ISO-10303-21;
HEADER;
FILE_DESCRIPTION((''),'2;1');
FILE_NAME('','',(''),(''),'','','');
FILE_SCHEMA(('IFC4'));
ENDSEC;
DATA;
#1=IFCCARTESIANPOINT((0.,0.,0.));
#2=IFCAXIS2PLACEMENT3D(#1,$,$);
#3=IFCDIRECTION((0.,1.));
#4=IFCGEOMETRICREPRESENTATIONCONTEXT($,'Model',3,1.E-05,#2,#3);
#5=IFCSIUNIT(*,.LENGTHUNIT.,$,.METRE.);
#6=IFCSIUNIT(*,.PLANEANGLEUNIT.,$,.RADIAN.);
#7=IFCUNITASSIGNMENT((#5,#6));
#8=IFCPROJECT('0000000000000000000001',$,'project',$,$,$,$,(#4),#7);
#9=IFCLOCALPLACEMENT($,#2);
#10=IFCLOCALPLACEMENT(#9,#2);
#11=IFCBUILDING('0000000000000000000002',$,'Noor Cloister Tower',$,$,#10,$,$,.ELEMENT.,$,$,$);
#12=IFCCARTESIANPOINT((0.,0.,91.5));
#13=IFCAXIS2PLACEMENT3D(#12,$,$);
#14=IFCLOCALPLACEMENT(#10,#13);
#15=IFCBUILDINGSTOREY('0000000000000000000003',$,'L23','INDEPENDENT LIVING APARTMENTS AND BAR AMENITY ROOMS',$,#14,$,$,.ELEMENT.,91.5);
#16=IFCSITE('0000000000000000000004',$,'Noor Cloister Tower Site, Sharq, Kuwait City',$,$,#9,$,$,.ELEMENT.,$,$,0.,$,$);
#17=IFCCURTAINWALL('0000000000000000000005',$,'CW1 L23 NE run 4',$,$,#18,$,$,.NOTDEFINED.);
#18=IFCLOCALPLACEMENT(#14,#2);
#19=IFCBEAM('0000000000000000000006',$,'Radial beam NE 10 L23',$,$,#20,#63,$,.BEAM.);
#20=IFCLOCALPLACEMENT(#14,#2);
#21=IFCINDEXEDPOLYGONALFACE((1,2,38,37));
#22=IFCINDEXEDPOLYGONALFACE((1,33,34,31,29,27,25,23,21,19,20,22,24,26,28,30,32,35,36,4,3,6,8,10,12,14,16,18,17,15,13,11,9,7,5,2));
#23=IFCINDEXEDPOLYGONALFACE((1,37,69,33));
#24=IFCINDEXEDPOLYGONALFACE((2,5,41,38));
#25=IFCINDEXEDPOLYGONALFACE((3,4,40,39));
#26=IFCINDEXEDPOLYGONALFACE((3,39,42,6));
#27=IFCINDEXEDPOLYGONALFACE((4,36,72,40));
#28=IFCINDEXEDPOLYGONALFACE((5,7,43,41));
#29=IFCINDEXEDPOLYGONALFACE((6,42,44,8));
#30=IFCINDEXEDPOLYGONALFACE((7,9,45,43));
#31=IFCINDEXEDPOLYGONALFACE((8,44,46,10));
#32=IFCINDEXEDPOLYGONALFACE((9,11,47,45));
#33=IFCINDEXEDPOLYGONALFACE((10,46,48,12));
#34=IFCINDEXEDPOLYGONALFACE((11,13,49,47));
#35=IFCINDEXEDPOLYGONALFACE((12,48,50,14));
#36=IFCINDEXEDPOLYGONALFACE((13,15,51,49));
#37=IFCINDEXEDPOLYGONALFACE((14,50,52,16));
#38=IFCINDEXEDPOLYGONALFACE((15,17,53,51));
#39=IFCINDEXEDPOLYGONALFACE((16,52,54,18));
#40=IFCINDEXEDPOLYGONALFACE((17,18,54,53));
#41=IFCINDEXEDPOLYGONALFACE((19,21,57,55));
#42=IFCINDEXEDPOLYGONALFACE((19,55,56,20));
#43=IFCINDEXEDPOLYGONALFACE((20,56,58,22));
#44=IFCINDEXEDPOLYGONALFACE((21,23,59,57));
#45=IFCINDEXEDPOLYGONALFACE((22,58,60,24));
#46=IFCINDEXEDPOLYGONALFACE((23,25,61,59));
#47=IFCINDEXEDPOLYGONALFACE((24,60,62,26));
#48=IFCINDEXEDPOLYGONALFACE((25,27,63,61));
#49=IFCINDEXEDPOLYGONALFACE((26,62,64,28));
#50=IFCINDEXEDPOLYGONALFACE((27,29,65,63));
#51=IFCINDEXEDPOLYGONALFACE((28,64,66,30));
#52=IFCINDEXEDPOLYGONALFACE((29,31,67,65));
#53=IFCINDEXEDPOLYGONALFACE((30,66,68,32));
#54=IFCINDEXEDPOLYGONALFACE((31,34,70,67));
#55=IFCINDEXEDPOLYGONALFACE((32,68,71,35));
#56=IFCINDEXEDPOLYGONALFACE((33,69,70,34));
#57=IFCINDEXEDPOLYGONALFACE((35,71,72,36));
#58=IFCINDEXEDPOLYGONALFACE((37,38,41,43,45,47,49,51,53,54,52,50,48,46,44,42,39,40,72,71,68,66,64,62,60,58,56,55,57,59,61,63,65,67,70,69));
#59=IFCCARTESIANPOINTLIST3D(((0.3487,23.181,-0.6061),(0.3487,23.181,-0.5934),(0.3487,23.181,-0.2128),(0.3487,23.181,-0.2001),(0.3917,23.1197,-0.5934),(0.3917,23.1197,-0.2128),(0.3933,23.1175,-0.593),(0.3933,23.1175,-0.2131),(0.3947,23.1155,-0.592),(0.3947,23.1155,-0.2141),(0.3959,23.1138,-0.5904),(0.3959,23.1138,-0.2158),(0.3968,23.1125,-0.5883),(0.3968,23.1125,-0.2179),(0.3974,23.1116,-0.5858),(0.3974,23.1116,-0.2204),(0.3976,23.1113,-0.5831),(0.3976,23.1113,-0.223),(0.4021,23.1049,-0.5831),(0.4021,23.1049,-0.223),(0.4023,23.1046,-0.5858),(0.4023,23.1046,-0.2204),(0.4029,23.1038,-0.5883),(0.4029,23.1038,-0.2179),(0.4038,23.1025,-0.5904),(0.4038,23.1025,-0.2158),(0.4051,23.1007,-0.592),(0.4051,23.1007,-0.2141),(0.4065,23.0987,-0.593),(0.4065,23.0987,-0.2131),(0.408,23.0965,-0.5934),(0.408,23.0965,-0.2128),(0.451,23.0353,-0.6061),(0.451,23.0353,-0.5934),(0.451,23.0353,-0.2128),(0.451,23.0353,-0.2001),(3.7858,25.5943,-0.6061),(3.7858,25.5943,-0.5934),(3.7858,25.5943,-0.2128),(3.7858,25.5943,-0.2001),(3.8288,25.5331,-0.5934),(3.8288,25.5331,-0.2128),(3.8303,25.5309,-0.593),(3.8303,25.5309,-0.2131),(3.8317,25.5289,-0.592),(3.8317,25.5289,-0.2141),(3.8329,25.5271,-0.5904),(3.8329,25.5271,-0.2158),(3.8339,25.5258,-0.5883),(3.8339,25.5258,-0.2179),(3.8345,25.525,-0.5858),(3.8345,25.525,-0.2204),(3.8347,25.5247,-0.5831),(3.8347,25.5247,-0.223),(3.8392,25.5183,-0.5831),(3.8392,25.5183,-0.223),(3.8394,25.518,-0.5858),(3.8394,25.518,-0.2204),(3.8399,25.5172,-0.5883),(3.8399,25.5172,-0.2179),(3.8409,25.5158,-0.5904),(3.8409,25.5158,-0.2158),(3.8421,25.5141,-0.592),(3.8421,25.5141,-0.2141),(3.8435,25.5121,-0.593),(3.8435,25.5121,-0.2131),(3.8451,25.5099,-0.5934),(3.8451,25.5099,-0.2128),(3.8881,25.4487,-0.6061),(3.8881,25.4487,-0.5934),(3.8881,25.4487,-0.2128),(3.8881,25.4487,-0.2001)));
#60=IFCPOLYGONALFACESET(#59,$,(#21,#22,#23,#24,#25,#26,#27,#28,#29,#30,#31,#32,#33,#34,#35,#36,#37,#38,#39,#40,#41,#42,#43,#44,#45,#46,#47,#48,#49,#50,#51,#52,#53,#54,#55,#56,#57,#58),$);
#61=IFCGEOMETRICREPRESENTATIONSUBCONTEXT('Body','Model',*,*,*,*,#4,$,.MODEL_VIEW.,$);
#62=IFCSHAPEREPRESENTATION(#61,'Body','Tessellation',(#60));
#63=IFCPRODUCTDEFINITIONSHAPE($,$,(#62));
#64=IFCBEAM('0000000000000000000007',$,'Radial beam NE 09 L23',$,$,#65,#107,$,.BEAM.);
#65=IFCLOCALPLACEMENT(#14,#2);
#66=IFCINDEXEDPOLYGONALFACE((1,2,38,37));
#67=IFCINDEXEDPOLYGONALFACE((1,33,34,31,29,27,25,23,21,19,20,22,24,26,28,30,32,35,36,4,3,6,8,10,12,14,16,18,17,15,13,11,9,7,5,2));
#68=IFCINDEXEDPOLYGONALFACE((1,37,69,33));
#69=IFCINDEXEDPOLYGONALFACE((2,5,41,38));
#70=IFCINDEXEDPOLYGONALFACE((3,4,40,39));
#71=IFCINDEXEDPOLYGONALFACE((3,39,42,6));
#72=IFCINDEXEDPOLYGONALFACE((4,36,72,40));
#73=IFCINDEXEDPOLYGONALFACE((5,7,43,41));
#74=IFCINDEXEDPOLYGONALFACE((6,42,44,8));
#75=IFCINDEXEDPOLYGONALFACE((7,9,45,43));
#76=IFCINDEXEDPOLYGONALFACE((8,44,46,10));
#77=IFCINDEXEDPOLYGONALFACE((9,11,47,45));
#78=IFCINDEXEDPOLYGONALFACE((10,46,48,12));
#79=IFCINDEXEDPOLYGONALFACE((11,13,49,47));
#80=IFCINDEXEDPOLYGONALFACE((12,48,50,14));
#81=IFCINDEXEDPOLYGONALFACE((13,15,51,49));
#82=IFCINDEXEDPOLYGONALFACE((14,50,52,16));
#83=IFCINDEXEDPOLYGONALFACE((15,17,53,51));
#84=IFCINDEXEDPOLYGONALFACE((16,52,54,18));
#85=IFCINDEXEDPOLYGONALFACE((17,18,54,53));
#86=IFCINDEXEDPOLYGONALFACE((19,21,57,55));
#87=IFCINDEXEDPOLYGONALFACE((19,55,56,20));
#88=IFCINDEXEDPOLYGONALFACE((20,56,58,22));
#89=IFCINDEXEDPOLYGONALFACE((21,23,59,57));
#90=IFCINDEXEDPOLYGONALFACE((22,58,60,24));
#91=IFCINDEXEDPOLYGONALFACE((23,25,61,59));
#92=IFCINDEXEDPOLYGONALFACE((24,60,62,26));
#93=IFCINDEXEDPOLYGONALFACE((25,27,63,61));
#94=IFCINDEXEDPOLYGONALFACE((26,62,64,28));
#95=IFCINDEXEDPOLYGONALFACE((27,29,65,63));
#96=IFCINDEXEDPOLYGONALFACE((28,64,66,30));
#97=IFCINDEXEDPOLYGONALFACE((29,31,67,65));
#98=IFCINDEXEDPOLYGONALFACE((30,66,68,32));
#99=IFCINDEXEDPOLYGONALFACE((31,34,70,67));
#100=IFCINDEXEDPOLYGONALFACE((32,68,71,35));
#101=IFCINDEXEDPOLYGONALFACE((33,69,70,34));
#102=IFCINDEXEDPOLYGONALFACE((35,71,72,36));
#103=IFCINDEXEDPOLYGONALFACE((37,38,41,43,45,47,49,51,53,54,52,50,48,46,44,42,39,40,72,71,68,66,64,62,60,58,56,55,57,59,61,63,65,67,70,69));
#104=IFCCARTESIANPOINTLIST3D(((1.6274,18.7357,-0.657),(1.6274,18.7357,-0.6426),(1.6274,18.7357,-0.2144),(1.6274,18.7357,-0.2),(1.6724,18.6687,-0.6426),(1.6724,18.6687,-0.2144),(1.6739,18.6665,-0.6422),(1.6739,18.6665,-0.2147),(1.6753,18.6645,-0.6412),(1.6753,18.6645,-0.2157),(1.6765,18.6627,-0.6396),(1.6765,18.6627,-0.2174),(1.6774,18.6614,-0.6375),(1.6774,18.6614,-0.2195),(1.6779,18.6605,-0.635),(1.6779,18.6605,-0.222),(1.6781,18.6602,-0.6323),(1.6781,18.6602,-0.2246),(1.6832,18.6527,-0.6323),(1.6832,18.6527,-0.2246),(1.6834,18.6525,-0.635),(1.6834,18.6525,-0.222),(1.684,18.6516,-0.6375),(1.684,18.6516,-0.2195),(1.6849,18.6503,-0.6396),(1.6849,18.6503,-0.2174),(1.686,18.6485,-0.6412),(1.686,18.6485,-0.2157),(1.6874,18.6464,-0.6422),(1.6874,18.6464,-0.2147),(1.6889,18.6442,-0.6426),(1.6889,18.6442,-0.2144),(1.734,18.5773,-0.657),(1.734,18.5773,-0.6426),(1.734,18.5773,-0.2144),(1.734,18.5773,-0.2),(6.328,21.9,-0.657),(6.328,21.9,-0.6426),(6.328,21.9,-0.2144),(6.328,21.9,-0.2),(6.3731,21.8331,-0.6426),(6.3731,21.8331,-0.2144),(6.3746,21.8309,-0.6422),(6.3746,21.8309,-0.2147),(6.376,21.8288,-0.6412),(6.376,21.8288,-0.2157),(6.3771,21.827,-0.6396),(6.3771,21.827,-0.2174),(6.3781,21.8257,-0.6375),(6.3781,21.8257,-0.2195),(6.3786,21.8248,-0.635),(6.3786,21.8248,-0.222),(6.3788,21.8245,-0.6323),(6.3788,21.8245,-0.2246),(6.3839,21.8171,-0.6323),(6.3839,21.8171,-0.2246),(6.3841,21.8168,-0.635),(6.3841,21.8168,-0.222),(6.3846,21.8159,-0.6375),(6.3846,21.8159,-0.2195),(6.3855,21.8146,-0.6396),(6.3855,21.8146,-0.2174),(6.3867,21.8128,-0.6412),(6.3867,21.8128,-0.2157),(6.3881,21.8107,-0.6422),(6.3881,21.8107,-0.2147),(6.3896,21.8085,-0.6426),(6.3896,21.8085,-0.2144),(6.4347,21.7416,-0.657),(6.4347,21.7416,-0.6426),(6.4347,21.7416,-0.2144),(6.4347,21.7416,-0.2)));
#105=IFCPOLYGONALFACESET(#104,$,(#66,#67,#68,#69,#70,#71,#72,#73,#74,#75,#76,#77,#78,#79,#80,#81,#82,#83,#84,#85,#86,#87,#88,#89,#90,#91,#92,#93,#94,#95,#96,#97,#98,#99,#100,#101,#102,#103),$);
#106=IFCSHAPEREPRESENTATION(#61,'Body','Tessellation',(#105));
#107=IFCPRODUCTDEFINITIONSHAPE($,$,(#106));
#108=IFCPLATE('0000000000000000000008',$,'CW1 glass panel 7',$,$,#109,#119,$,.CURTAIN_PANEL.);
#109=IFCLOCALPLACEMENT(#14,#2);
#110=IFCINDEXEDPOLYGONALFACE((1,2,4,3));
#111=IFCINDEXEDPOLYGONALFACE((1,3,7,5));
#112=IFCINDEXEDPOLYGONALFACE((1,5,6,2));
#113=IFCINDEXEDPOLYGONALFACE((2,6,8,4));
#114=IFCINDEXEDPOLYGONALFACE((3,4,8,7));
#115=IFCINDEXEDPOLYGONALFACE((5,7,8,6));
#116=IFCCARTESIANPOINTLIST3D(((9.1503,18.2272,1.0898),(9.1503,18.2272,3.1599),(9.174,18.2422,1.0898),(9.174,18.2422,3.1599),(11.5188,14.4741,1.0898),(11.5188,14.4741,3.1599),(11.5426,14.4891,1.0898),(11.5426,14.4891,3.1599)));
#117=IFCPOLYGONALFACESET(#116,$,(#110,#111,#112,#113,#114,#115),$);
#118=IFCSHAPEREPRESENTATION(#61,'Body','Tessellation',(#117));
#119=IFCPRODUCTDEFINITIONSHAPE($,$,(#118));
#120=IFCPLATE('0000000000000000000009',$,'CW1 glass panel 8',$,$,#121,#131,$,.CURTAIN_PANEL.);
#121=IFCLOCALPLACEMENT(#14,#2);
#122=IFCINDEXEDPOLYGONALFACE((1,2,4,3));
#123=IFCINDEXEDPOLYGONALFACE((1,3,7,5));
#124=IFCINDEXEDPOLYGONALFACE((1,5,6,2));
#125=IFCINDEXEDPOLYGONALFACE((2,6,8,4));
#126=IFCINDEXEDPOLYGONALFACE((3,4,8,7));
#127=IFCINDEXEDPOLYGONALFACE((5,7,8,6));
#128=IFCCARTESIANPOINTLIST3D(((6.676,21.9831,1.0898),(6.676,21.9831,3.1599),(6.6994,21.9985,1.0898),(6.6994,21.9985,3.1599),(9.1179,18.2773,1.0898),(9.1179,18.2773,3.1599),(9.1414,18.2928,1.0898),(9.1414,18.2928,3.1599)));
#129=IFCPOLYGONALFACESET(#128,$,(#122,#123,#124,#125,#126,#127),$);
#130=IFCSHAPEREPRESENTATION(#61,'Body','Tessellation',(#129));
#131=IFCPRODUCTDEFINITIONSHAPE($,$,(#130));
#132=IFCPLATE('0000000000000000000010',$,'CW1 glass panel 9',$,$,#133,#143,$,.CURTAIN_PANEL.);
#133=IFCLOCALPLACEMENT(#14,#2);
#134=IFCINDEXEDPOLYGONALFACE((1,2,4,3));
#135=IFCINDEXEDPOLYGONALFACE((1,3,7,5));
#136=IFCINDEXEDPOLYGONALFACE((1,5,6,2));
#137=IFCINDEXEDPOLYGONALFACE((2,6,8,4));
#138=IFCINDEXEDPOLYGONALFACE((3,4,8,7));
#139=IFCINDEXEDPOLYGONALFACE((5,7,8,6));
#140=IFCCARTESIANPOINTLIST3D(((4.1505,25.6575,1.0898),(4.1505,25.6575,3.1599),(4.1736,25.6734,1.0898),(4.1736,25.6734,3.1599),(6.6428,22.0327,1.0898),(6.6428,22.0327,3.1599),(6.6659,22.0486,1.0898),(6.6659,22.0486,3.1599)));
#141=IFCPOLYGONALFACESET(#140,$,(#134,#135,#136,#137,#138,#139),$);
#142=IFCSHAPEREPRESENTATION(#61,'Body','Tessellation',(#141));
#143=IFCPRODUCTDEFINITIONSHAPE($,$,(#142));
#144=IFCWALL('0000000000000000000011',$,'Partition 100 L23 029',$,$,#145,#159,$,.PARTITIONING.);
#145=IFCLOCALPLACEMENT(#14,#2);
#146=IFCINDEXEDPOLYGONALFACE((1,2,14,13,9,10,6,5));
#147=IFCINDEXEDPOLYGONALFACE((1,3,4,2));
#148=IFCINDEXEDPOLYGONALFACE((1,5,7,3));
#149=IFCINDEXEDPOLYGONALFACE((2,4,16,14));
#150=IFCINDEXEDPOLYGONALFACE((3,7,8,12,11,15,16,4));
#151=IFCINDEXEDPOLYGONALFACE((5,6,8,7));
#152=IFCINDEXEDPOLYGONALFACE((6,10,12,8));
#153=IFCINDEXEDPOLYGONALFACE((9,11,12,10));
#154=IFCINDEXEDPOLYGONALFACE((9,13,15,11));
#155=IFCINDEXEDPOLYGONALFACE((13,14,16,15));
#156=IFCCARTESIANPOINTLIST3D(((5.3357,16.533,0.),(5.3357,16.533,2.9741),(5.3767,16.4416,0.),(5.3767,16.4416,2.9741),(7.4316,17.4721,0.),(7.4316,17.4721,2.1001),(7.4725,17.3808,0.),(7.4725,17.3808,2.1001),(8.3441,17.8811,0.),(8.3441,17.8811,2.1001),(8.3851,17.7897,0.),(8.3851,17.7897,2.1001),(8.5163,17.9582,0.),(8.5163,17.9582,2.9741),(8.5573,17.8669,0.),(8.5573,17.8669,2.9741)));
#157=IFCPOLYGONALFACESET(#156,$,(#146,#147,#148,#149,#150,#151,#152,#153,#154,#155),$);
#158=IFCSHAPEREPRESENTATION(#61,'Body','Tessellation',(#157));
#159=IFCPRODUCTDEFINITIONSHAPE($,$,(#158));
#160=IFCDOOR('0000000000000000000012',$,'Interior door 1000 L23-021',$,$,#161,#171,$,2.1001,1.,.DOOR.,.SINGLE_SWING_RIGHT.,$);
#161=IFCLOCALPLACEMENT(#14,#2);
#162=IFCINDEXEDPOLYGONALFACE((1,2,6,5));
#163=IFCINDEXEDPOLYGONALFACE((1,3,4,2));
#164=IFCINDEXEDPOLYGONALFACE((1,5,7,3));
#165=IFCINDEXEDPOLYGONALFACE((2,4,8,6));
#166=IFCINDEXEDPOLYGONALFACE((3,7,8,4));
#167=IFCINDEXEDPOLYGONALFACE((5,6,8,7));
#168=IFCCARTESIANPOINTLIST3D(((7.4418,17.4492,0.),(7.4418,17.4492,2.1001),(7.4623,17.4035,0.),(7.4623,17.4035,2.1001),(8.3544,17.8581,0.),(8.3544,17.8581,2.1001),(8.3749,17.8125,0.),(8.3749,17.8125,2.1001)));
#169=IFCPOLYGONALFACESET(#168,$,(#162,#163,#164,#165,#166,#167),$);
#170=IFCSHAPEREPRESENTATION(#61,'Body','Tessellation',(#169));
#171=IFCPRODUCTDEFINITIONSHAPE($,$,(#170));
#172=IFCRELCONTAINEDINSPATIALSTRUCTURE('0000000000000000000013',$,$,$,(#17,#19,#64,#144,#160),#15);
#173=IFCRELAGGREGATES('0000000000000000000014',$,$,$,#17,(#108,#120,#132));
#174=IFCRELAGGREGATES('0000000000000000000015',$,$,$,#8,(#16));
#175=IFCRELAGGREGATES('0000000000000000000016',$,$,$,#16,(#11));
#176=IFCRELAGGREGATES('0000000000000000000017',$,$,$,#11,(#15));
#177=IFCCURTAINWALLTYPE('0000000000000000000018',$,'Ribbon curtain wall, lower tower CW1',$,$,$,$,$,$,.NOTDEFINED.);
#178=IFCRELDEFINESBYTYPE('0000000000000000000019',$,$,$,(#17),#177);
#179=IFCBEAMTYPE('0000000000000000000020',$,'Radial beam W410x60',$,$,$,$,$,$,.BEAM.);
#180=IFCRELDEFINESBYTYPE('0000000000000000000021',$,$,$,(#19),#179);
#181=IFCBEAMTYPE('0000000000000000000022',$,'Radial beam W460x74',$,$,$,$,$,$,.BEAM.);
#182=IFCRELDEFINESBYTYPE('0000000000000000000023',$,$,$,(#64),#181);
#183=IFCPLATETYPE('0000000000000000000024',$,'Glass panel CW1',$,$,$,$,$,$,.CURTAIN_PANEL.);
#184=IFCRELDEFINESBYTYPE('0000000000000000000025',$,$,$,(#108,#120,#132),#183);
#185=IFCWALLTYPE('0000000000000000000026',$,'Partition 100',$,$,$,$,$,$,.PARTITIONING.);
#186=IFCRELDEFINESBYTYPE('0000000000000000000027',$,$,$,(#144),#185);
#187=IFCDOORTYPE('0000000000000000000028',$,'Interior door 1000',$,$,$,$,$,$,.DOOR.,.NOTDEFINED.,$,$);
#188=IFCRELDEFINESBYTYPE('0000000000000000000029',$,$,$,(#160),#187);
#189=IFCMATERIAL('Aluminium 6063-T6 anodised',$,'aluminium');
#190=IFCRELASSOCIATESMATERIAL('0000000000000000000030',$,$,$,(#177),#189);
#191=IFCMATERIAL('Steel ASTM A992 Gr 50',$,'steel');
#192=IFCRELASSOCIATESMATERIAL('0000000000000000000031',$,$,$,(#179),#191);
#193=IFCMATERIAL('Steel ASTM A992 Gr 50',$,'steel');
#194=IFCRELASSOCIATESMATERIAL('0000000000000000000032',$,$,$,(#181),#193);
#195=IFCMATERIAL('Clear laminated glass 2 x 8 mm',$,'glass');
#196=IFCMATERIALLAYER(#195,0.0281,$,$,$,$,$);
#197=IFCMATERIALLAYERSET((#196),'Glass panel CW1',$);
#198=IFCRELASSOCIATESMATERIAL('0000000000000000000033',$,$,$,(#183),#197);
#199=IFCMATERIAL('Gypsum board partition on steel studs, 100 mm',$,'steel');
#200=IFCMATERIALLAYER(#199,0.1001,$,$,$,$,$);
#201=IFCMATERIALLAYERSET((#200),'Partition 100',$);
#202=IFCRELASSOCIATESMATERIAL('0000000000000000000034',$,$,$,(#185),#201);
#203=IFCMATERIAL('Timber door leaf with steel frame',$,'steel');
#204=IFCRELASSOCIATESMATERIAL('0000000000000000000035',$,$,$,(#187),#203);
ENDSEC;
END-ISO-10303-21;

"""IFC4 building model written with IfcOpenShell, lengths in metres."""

from ifc_helpers import new_model, si_unit, direction, frame, frame_2d, origin, origin_2d, place, context, subcontext, project, spatial, rectangle, i_section, extrude, material, layer, layer_set, material_profile, profile_set, type_object, element, fill, aggregate, save


model = new_model("IFC4")

# Units and contexts
model_context = context("Model", 3, precision=1e-05, world=origin(), true_north=direction((0.0, 1.0)))
body_context = subcontext(model_context, "Body", "Model", "MODEL_VIEW")
ifc_project = project(units=[si_unit("LENGTHUNIT", "METRE"), si_unit("PLANEANGLEUNIT", "RADIAN")], contexts=[model_context])

# Site, building, storey
site_placement = place(None, origin())
site = spatial("IfcSite", under=ifc_project, at=site_placement, Name="Noor Cloister Tower Site, Sharq, Kuwait City", CompositionType="ELEMENT", RefElevation=0.0)
building_placement = place(site_placement, origin())
building = spatial("IfcBuilding", under=site, at=building_placement, Name="Noor Cloister Tower", CompositionType="ELEMENT")
storey_placement = place(building_placement, frame((0.0, 0.0, 91.5)))
storey = spatial("IfcBuildingStorey", under=building, at=storey_placement, Name="L23", Description="INDEPENDENT LIVING APARTMENTS AND BAR AMENITY ROOMS", CompositionType="ELEMENT", Elevation=91.5)

# Curtain wall
ifc_material_1 = material(Name="Aluminium 6063-T6 anodised", Category="aluminium")
curtain_wall_type = type_object("IfcCurtainWallType", Name="Ribbon curtain wall, lower tower CW1", PredefinedType="NOTDEFINED", material=ifc_material_1)
curtain_wall_placement = place(storey_placement, origin())
curtain_wall = element("IfcCurtainWall", 1, at=curtain_wall_placement, inside=storey, type_object=curtain_wall_type, Name="CW1 L23 NE run 4", PredefinedType="NOTDEFINED")

# Beams
ifc_material_2 = material(Name="Steel ASTM A992 Gr 50", Category="steel")
ifc_material_profile_1 = material_profile(ifc_material_2, i_section(OverallWidth=0.178, OverallDepth=0.406, WebThickness=0.0078, FlangeThickness=0.0127, FilletRadius=0.0103, at=origin_2d()), Name="W410x60")
ifc_profile_set_1 = profile_set([ifc_material_profile_1], Name="Steel ASTM A992 Gr 50")
beam_type_1 = type_object("IfcBeamType", Name="Radial beam W410x60", PredefinedType="BEAM", material=ifc_profile_set_1)
beam_1_placement = place(storey_placement, frame((3.8369, 25.5215, -0.4031), z_axis=(-0.818401, -0.574648, 0.0), x_axis=(0.574648, -0.818401, 0.0)))
element("IfcBeam", 2, at=beam_1_placement, inside=storey, type_object=beam_type_1, Name="Radial beam NE 10 L23", PredefinedType="BEAM", context=body_context, shape_type="SweptSolid", body=[
    extrude(i_section(OverallWidth=0.178, OverallDepth=0.406, WebThickness=0.0078, FlangeThickness=0.0127, FilletRadius=0.0103, at=origin_2d()), origin(), (0.0, 0.0, 1.0), 4.1997),
])
ifc_material_3 = material(Name="Steel ASTM A992 Gr 50", Category="steel")
ifc_material_profile_2 = material_profile(ifc_material_3, i_section(OverallWidth=0.1909, OverallDepth=0.457, WebThickness=0.009, FlangeThickness=0.0144, FilletRadius=0.0103, at=origin_2d()), Name="W460x74")
ifc_profile_set_2 = profile_set([ifc_material_profile_2], Name="Steel ASTM A992 Gr 50")
beam_type_2 = type_object("IfcBeamType", Name="Radial beam W460x74", PredefinedType="BEAM", material=ifc_profile_set_2)
beam_2_placement = place(storey_placement, frame((6.3813, 21.8208, -0.4285), z_axis=(-0.829556, -0.558423, 0.0), x_axis=(0.558423, -0.829556, 0.0)))
element("IfcBeam", 3, at=beam_2_placement, inside=storey, type_object=beam_type_2, Name="Radial beam NE 09 L23", PredefinedType="BEAM", context=body_context, shape_type="SweptSolid", body=[
    extrude(i_section(OverallWidth=0.1909, OverallDepth=0.457, WebThickness=0.009, FlangeThickness=0.0144, FilletRadius=0.0103, at=origin_2d()), origin(), (0.0, 0.0, 1.0), 5.6665),
])

# Plates
ifc_material_4 = material(Name="Clear laminated glass 2 x 8 mm", Category="glass")
ifc_layer_1 = layer(ifc_material_4, 0.0281)
ifc_layer_set_1 = layer_set([ifc_layer_1], Name="Glass panel CW1")
plate_type = type_object("IfcPlateType", Name="Glass panel CW1", PredefinedType="CURTAIN_PANEL", material=ifc_layer_set_1)
plate_1_placement = place(storey_placement, frame((10.3464, 16.3582, 1.0898), z_axis=(0.0, 0.0, 1.0), x_axis=(-0.533696, 0.845676, 0.0)))
plate_1 = element("IfcPlate", 4, at=plate_1_placement, type_object=plate_type, Name="CW1 glass panel 7", PredefinedType="CURTAIN_PANEL", context=body_context, shape_type="SweptSolid", body=[
    extrude(rectangle(XDim=4.438, YDim=0.0281, at=origin_2d()), origin(), (0.0, 0.0, 1.0), 2.0701),
])
plate_2_placement = place(storey_placement, frame((7.9087, 20.1379, 1.0898), z_axis=(0.0, 0.0, 1.0), x_axis=(-0.550237, 0.835008, 0.0)))
plate_2 = element("IfcPlate", 5, at=plate_2_placement, type_object=plate_type, Name="CW1 glass panel 8", PredefinedType="CURTAIN_PANEL", context=body_context, shape_type="SweptSolid", body=[
    extrude(rectangle(XDim=4.438, YDim=0.0281, at=origin_2d()), origin(), (0.0, 0.0, 1.0), 2.0701),
])
plate_3_placement = place(storey_placement, frame((5.4082, 23.853, 1.0898), z_axis=(0.0, 0.0, 1.0), x_axis=(-0.566566, 0.824017, 0.0)))
plate_3 = element("IfcPlate", 6, at=plate_3_placement, type_object=plate_type, Name="CW1 glass panel 9", PredefinedType="CURTAIN_PANEL", context=body_context, shape_type="SweptSolid", body=[
    extrude(rectangle(XDim=4.3989, YDim=0.0281, at=origin_2d()), origin(), (0.0, 0.0, 1.0), 2.0701),
])
aggregate(curtain_wall, [plate_1, plate_2, plate_3])

# Wall, opening, door
ifc_material_5 = material(Name="Gypsum board partition on steel studs, 100 mm", Category="steel")
ifc_layer_2 = layer(ifc_material_5, 0.1001)
ifc_layer_set_2 = layer_set([ifc_layer_2], Name="Partition 100")
wall_type = type_object("IfcWallType", Name="Partition 100", PredefinedType="PARTITIONING", material=ifc_layer_set_2)
wall_1_placement = place(storey_placement, frame((5.3562, 16.4873, 0.0), z_axis=(0.0, 0.0, 1.0), x_axis=(0.912565, 0.408931, 0.0)))
wall_1 = element("IfcWall", 7, at=wall_1_placement, inside=storey, type_object=wall_type, Name="Partition 100 L23 029", PredefinedType="PARTITIONING", context=body_context, shape_type="SweptSolid", body=[
    extrude(rectangle(XDim=3.4854, YDim=0.1001, at=frame_2d((1.7427, 0.0))), origin(), (0.0, 0.0, 1.0), 2.9741),
])
opening_1_placement = place(wall_1_placement, frame((2.2966, 0.0, 0.0)))
opening_1 = element("IfcOpeningElement", 8, at=opening_1_placement, cuts=wall_1, PredefinedType="OPENING", context=body_context, shape_type="SweptSolid", body=[
    extrude(rectangle(XDim=1.0, YDim=2.1001, at=frame_2d((0.5, 1.05))), frame((0.0, 0.0601, 0.0), z_axis=(0.0, -1.0, 0.0), x_axis=(1.0, 0.0, 0.0)), (0.0, 0.0, 1.0), 0.1201),
])
ifc_material_6 = material(Name="Timber door leaf with steel frame", Category="steel")
door_type = type_object("IfcDoorType", Name="Interior door 1000", OperationType="NOTDEFINED", PredefinedType="DOOR", material=ifc_material_6)
door_1_placement = place(opening_1_placement, origin())
door_1 = element("IfcDoor", 9, at=door_1_placement, inside=storey, type_object=door_type, Name="Interior door 1000 L23-021", OperationType="SINGLE_SWING_RIGHT", OverallHeight=2.1001, OverallWidth=1.0, PredefinedType="DOOR", context=body_context, shape_type="SweptSolid", body=[
    extrude(rectangle(XDim=1.0, YDim=2.1001, at=frame_2d((0.5, 1.05))), frame((0.0, 0.0249, 0.0), z_axis=(0.0, -1.0, 0.0), x_axis=(1.0, 0.0, 0.0)), (0.0, 0.0, 1.0), 0.05),
])
fill(opening_1, door_1)

save(model, "model.ifc")
